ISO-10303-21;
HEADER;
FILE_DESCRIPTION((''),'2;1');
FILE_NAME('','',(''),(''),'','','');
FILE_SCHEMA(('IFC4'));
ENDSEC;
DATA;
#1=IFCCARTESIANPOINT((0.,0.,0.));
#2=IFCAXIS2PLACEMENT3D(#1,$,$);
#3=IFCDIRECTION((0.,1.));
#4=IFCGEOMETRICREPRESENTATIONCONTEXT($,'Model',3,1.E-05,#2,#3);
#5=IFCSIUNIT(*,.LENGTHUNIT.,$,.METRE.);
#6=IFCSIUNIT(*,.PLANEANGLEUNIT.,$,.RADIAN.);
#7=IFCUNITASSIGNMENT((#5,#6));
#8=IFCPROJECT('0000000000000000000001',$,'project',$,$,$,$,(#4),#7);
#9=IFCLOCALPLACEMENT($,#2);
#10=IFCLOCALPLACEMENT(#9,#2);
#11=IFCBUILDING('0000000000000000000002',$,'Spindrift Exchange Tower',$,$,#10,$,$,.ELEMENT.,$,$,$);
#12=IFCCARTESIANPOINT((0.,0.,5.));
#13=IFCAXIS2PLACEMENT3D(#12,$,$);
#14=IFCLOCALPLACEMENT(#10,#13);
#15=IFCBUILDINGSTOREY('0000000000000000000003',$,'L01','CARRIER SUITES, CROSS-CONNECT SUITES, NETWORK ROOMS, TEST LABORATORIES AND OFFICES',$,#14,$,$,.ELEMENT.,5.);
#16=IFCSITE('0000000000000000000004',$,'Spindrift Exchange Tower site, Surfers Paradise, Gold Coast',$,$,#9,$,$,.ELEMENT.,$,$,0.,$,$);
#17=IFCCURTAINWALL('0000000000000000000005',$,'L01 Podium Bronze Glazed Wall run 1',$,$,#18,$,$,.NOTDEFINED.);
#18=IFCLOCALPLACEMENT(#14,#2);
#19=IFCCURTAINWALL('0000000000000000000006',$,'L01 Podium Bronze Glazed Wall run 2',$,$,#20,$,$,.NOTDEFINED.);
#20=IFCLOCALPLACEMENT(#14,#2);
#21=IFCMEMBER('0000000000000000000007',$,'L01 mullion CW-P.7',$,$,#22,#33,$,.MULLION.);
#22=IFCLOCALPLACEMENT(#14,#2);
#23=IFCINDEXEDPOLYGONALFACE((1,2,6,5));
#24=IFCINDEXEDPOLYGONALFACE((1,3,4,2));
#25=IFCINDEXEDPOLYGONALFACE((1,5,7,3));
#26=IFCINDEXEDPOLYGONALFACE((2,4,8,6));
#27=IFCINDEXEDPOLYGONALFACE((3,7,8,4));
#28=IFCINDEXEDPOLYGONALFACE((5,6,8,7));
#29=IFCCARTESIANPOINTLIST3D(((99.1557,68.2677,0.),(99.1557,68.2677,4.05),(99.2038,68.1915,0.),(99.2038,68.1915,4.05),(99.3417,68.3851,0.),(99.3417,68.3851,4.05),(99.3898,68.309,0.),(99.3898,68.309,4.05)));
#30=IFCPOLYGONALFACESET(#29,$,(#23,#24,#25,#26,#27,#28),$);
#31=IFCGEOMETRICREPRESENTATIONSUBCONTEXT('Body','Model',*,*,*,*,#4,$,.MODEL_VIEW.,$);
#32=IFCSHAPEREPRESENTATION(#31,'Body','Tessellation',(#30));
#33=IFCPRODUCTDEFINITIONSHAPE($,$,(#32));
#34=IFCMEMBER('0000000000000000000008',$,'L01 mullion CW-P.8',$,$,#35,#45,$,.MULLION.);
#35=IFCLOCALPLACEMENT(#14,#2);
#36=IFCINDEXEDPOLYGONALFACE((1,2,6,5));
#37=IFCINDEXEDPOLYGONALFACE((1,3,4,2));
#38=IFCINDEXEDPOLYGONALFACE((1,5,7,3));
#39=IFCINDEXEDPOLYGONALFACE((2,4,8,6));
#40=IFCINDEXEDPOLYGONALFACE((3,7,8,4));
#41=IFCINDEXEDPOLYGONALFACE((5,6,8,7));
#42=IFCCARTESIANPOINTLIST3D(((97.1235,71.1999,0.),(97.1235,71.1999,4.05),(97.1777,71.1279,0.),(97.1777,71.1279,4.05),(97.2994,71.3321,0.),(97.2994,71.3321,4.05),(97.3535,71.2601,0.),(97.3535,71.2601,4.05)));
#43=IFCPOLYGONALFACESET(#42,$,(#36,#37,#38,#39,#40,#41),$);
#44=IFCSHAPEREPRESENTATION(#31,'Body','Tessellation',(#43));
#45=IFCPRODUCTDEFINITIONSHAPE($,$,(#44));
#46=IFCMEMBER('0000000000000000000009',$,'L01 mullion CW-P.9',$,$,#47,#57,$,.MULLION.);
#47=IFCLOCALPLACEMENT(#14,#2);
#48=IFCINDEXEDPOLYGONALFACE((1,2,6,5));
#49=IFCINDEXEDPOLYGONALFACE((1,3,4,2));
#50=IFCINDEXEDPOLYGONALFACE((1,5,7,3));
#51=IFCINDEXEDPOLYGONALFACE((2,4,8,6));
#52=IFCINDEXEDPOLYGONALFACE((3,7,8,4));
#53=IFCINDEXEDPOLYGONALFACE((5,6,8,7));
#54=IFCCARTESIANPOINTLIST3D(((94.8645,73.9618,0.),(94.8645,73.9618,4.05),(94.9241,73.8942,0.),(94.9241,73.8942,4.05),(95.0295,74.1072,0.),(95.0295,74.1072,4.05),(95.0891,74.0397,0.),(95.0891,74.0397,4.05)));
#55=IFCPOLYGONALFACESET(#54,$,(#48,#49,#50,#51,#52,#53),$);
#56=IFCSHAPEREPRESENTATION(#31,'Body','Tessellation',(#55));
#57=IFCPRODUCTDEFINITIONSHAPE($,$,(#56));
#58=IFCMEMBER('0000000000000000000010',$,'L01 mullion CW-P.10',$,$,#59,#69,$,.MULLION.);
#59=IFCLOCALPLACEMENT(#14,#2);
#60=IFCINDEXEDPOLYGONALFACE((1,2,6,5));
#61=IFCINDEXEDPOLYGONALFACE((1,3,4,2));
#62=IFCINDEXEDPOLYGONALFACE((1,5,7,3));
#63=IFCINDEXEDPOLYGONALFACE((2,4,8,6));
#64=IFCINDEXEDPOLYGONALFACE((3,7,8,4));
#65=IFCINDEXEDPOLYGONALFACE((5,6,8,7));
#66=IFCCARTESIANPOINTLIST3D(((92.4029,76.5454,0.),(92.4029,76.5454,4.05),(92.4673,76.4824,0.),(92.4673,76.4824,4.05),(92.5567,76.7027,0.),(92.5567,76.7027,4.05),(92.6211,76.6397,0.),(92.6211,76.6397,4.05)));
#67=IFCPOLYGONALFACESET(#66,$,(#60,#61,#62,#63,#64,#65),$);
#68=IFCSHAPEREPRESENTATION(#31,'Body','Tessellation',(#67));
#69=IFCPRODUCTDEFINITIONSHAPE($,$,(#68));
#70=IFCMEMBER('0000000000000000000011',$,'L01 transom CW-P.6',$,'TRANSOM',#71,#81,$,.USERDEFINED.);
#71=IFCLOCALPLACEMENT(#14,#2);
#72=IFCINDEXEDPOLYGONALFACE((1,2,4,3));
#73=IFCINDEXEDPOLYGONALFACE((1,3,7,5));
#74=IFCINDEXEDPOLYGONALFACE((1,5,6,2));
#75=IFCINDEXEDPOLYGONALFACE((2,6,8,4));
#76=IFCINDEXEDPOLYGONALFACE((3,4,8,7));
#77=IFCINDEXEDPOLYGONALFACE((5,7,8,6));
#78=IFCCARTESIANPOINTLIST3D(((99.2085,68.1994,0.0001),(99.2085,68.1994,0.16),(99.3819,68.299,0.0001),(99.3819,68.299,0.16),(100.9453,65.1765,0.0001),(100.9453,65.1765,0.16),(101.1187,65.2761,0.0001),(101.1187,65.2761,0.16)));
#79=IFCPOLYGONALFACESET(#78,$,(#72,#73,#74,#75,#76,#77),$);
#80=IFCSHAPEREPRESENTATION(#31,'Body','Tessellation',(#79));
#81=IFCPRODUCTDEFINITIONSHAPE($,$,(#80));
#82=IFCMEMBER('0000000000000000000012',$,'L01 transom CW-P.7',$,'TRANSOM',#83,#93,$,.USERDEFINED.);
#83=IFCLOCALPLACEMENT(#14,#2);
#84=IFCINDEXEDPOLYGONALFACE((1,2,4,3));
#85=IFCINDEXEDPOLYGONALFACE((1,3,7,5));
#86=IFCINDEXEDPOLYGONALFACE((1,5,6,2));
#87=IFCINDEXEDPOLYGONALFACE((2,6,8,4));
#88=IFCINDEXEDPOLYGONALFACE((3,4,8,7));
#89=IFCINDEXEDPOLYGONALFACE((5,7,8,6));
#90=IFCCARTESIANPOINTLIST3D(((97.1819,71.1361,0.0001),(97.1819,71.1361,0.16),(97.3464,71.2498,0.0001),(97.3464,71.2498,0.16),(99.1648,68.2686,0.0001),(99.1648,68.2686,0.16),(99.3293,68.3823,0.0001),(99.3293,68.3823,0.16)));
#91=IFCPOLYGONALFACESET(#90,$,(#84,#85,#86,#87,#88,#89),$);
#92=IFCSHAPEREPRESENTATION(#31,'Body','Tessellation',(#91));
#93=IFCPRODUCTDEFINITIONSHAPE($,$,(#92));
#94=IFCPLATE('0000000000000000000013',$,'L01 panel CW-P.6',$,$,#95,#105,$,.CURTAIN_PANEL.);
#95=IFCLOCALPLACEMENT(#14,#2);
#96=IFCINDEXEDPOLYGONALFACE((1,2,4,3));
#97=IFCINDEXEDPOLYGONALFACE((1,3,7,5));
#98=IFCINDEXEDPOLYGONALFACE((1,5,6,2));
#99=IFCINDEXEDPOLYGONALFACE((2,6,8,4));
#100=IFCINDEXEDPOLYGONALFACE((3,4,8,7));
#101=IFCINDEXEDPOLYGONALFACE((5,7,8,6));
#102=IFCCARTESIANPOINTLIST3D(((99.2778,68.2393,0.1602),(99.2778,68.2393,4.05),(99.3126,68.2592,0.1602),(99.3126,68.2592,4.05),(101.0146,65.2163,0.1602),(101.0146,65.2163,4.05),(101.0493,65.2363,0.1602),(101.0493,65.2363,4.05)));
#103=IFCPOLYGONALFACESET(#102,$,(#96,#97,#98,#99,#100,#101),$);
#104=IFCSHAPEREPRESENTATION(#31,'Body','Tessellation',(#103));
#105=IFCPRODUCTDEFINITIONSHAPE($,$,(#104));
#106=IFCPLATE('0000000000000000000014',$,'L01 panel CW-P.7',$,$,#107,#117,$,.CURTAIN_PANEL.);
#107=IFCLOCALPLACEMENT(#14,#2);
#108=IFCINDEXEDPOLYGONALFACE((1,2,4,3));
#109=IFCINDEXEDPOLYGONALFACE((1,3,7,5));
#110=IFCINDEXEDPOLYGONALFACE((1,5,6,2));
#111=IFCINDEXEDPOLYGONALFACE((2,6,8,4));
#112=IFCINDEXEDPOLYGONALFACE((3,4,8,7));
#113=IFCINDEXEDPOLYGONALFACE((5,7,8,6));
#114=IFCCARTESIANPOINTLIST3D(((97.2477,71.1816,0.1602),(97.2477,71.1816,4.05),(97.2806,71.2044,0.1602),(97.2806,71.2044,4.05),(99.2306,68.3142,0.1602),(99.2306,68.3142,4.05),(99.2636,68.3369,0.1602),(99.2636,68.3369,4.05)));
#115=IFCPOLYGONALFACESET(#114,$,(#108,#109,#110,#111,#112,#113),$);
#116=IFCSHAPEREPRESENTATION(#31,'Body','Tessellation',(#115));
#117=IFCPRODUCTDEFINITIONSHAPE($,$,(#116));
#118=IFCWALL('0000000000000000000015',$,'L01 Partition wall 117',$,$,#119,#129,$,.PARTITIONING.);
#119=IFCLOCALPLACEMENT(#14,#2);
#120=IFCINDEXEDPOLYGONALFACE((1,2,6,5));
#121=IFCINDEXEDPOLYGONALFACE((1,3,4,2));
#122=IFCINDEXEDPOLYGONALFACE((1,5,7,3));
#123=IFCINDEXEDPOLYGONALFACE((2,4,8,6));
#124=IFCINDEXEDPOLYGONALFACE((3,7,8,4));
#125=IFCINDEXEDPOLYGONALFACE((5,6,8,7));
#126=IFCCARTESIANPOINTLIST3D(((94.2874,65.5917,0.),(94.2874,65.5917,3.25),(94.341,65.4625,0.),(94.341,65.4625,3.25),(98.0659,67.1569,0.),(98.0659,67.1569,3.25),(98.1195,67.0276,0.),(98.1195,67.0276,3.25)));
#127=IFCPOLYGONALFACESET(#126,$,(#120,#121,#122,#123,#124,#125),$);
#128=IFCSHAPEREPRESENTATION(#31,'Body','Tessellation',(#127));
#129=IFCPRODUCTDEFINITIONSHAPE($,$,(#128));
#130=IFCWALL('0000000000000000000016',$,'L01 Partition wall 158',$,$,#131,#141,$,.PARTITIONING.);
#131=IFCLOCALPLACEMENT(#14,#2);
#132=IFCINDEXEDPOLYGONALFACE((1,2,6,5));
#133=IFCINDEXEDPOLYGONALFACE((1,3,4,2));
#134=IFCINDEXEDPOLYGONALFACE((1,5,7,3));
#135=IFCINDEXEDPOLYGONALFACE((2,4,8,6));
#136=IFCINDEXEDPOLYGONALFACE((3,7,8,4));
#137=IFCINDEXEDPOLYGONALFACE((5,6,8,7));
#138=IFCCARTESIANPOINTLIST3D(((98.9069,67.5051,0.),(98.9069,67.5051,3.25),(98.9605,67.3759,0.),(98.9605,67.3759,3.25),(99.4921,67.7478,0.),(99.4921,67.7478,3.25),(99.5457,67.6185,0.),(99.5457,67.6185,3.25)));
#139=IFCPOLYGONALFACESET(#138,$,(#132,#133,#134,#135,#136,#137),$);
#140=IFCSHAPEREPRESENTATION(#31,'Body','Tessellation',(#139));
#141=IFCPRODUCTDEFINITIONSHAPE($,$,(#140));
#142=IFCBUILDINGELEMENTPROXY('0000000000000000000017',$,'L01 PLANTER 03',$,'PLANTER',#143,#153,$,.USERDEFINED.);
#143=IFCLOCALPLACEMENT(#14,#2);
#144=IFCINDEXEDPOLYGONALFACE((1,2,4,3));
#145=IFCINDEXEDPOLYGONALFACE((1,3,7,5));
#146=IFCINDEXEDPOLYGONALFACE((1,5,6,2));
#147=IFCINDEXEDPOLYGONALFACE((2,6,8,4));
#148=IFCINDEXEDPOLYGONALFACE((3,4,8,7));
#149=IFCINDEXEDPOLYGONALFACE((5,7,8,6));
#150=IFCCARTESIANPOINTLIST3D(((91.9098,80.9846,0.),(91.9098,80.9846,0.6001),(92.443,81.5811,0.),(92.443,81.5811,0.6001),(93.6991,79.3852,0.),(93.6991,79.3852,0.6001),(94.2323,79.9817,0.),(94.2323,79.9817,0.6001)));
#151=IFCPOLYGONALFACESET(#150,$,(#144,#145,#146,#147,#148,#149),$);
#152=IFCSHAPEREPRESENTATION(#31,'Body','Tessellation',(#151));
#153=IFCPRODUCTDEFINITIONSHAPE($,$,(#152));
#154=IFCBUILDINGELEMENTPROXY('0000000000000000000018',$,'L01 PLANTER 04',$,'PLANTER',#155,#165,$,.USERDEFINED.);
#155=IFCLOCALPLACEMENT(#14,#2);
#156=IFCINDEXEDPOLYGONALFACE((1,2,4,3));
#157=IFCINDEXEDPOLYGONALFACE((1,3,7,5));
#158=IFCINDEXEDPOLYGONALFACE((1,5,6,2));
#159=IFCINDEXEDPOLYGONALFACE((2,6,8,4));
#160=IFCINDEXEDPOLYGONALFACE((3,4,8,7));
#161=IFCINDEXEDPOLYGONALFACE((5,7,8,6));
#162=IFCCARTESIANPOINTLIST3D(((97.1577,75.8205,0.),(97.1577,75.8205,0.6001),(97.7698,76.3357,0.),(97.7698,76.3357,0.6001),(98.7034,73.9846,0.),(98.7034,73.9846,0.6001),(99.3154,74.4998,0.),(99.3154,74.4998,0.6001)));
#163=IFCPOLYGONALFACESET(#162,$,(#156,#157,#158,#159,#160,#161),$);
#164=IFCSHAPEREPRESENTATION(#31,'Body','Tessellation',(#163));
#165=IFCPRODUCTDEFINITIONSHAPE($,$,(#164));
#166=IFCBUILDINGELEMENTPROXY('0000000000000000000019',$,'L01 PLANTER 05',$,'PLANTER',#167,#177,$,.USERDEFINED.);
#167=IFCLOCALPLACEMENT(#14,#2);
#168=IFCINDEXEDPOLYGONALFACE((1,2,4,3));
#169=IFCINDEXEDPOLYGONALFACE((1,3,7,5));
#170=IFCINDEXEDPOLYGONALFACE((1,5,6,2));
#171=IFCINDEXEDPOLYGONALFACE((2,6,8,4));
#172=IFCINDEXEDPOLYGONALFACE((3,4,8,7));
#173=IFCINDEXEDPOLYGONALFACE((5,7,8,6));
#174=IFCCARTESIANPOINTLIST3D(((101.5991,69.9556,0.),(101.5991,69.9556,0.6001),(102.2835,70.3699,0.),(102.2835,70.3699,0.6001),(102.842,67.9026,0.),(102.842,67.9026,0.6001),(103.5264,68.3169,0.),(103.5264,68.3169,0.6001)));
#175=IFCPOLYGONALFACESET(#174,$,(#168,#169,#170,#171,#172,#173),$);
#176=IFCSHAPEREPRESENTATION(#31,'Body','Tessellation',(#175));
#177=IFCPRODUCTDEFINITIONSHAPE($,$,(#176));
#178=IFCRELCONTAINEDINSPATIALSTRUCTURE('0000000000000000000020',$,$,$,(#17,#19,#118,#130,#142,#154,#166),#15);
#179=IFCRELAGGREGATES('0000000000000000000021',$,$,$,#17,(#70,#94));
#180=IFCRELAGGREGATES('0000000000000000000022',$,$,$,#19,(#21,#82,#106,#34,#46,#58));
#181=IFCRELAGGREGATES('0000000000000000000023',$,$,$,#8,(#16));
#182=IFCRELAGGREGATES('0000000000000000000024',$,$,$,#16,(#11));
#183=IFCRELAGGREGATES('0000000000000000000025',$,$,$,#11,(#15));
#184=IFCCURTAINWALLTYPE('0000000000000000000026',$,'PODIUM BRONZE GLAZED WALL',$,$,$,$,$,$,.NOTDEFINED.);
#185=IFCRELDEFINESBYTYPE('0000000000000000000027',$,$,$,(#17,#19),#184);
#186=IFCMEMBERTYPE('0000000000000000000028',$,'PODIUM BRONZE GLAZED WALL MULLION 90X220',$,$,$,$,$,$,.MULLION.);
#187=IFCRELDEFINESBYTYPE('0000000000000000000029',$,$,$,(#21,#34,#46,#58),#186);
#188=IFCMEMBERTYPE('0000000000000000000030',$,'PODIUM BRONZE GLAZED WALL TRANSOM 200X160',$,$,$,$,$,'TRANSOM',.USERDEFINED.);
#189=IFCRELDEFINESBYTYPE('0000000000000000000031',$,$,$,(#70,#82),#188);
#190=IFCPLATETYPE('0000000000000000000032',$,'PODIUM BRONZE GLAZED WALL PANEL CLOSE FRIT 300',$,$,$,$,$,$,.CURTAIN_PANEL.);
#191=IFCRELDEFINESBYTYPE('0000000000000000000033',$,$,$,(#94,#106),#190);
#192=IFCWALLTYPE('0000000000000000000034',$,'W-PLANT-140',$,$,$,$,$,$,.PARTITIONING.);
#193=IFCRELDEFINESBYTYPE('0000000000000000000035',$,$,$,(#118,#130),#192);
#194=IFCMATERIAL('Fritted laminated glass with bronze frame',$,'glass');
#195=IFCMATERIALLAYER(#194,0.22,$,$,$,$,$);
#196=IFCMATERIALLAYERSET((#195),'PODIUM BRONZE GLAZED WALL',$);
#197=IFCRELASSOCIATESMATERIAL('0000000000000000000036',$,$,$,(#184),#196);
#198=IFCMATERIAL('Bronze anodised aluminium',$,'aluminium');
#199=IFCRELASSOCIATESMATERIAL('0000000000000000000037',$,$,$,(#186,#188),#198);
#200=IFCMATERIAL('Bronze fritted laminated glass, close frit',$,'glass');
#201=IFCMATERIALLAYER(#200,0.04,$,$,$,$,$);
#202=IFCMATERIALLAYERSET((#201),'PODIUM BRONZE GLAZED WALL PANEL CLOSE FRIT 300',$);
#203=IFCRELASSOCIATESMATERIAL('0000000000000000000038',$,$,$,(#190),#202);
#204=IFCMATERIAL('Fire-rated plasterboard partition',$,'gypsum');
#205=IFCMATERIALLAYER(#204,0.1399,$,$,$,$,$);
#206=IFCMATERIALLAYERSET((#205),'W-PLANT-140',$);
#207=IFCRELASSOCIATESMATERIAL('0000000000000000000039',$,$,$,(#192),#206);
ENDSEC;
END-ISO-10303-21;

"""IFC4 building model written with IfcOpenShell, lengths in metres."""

from ifc_helpers import new_model, si_unit, direction, frame, frame_2d, origin, origin_2d, place, context, subcontext, project, spatial, rectangle, extrude, source, transform, mapped, material, layer, layer_set, material_profile, profile_set, type_object, element, aggregate, save


model = new_model("IFC4")

# Units and contexts
model_context = context("Model", 3, precision=1e-05, world=origin(), true_north=direction((0.0, 1.0)))
body_context = subcontext(model_context, "Body", "Model", "MODEL_VIEW")
ifc_project = project(units=[si_unit("LENGTHUNIT", "METRE"), si_unit("PLANEANGLEUNIT", "RADIAN")], contexts=[model_context])

# Site, building, storey
site_placement = place(None, origin())
site = spatial("IfcSite", under=ifc_project, at=site_placement, Name="Spindrift Exchange Tower site, Surfers Paradise, Gold Coast", CompositionType="ELEMENT", RefElevation=0.0)
building_placement = place(site_placement, origin())
building = spatial("IfcBuilding", under=site, at=building_placement, Name="Spindrift Exchange Tower", CompositionType="ELEMENT")
storey_placement = place(building_placement, frame((0.0, 0.0, 5.0)))
storey = spatial("IfcBuildingStorey", under=building, at=storey_placement, Name="L01", Description="CARRIER SUITES, CROSS-CONNECT SUITES, NETWORK ROOMS, TEST LABORATORIES AND OFFICES", CompositionType="ELEMENT", Elevation=5.0)

# Curtain wall
ifc_material_1 = material(Name="Fritted laminated glass with bronze frame", Category="glass")
ifc_layer_1 = layer(ifc_material_1, 0.22)
ifc_layer_set_1 = layer_set([ifc_layer_1], Name="PODIUM BRONZE GLAZED WALL")
curtain_wall_type = type_object("IfcCurtainWallType", Name="PODIUM BRONZE GLAZED WALL", PredefinedType="NOTDEFINED", material=ifc_layer_set_1)
curtain_wall_1_placement = place(storey_placement, origin())
curtain_wall_1 = element("IfcCurtainWall", 1, at=curtain_wall_1_placement, inside=storey, type_object=curtain_wall_type, Name="L01 Podium Bronze Glazed Wall run 1", PredefinedType="NOTDEFINED")
ifc_material_2 = material(Name="Bronze anodised aluminium", Category="aluminium")
ifc_material_profile_1 = material_profile(ifc_material_2, rectangle(XDim=0.0901, YDim=0.22, at=origin_2d()), Name="PODIUM BRONZE GLAZED WALL MULLION 90X220")
ifc_profile_set_1 = profile_set([ifc_material_profile_1], Name="Bronze anodised aluminium")
member_type_1 = type_object("IfcMemberType", Name="PODIUM BRONZE GLAZED WALL MULLION 90X220", PredefinedType="MULLION", material=ifc_profile_set_1)
shared_shape_1 = source(origin(), body_context, "Body", "SweptSolid", [
    extrude(rectangle(XDim=0.0901, YDim=0.22, at=origin_2d()), origin(), (0.0, 0.0, 1.0), 4.05),
])

# Curtain wall, members
curtain_wall_2_placement = place(storey_placement, origin())
curtain_wall_2 = element("IfcCurtainWall", 2, at=curtain_wall_2_placement, inside=storey, type_object=curtain_wall_type, Name="L01 Podium Bronze Glazed Wall run 2", PredefinedType="NOTDEFINED")
member_1_placement = place(storey_placement, frame((99.2727, 68.2883, 0.0), z_axis=(0.0, 0.0, 1.0), x_axis=(-0.533935, 0.845526, 0.0)))
member_1 = element("IfcMember", 3, at=member_1_placement, type_object=member_type_1, Name="L01 mullion CW-P.7", PredefinedType="MULLION", context=body_context, shape_type="MappedRepresentation", body=[
    mapped(shared_shape_1, transform((0.0, 0.0, 0.0), scale=1.0)),
])
member_2_placement = place(storey_placement, frame((97.2385, 71.23, 0.0), z_axis=(0.0, 0.0, 1.0), x_axis=(-0.601029, 0.799228, 0.0)))
member_2 = element("IfcMember", 4, at=member_2_placement, type_object=member_type_1, Name="L01 mullion CW-P.8", PredefinedType="MULLION", context=body_context, shape_type="MappedRepresentation", body=[
    mapped(shared_shape_1, transform((0.0, 0.0, 0.0), scale=1.0)),
])
member_3_placement = place(storey_placement, frame((94.9768, 74.0007, 0.0), z_axis=(0.0, 0.0, 1.0), x_axis=(-0.661219, 0.750193, 0.0)))
member_3 = element("IfcMember", 5, at=member_3_placement, type_object=member_type_1, Name="L01 mullion CW-P.9", PredefinedType="MULLION", context=body_context, shape_type="MappedRepresentation", body=[
    mapped(shared_shape_1, transform((0.0, 0.0, 0.0), scale=1.0)),
])
member_4_placement = place(storey_placement, frame((92.512, 76.5925, 0.0), z_axis=(0.0, 0.0, 1.0), x_axis=(-0.714911, 0.699216, 0.0)))
member_4 = element("IfcMember", 6, at=member_4_placement, type_object=member_type_1, Name="L01 mullion CW-P.10", PredefinedType="MULLION", context=body_context, shape_type="MappedRepresentation", body=[
    mapped(shared_shape_1, transform((0.0, 0.0, 0.0), scale=1.0)),
])

# Members
ifc_material_profile_2 = material_profile(ifc_material_2, rectangle(XDim=0.2, YDim=0.1599, at=origin_2d()), Name="PODIUM BRONZE GLAZED WALL TRANSOM 200X160")
ifc_profile_set_2 = profile_set([ifc_material_profile_2], Name="Bronze anodised aluminium")
member_type_2 = type_object("IfcMemberType", Name="PODIUM BRONZE GLAZED WALL TRANSOM 200X160", ElementType="TRANSOM", PredefinedType="USERDEFINED", material=ifc_profile_set_2)
shared_shape_2 = source(origin(), body_context, "Body", "SweptSolid", [
    extrude(rectangle(XDim=0.2, YDim=0.1599, at=origin_2d()), origin(), (0.0, 0.0, 1.0), 3.4863),
])
member_5_placement = place(storey_placement, frame((101.032, 65.2263, 0.0801), z_axis=(-0.498174, 0.867077, 0.0), x_axis=(-0.867077, -0.498174, 0.0)))
member_5 = element("IfcMember", 7, at=member_5_placement, type_object=member_type_2, Name="L01 transom CW-P.6", ObjectType="TRANSOM", PredefinedType="USERDEFINED", context=body_context, shape_type="MappedRepresentation", body=[
    mapped(shared_shape_2, transform((0.0, 0.0, 0.0), scale=1.0)),
])
member_6_placement = place(storey_placement, frame((99.2471, 68.3254, 0.0801), z_axis=(-0.568777, 0.822492, 0.0), x_axis=(-0.822492, -0.568777, 0.0)))
member_6 = element("IfcMember", 8, at=member_6_placement, type_object=member_type_2, Name="L01 transom CW-P.7", ObjectType="TRANSOM", PredefinedType="USERDEFINED", context=body_context, shape_type="MappedRepresentation", body=[
    mapped(shared_shape_2, transform((0.0, 0.0, 0.0), scale=1.0)),
])

# Plates
ifc_material_3 = material(Name="Bronze fritted laminated glass, close frit", Category="glass")
ifc_layer_2 = layer(ifc_material_3, 0.04)
ifc_layer_set_2 = layer_set([ifc_layer_2], Name="PODIUM BRONZE GLAZED WALL PANEL CLOSE FRIT 300")
plate_type = type_object("IfcPlateType", Name="PODIUM BRONZE GLAZED WALL PANEL CLOSE FRIT 300", PredefinedType="CURTAIN_PANEL", material=ifc_layer_set_2)
shared_shape_3 = source(origin(), body_context, "Body", "SweptSolid", [
    extrude(rectangle(XDim=3.4863, YDim=0.04, at=origin_2d()), origin(), (0.0, 0.0, 1.0), 3.8899),
])
plate_1_placement = place(storey_placement, frame((100.1636, 66.7378, 0.1602), z_axis=(0.0, 0.0, 1.0), x_axis=(-0.498161, 0.867085, 0.0)))
plate_1 = element("IfcPlate", 9, at=plate_1_placement, type_object=plate_type, Name="L01 panel CW-P.6", PredefinedType="CURTAIN_PANEL", context=body_context, shape_type="MappedRepresentation", body=[
    mapped(shared_shape_3, transform((0.0, 0.0, 0.0), scale=1.0)),
])
aggregate(curtain_wall_1, [member_5, plate_1])
plate_2_placement = place(storey_placement, frame((98.2556, 69.7593, 0.1602), z_axis=(0.0, 0.0, 1.0), x_axis=(-0.568777, 0.822492, 0.0)))
plate_2 = element("IfcPlate", 10, at=plate_2_placement, type_object=plate_type, Name="L01 panel CW-P.7", PredefinedType="CURTAIN_PANEL", context=body_context, shape_type="MappedRepresentation", body=[
    mapped(shared_shape_3, transform((0.0, 0.0, 0.0), scale=1.0)),
])
aggregate(curtain_wall_2, [member_1, member_6, plate_2, member_2, member_3, member_4])

# Walls
ifc_material_4 = material(Name="Fire-rated plasterboard partition", Category="gypsum")
ifc_layer_3 = layer(ifc_material_4, 0.1399)
ifc_layer_set_3 = layer_set([ifc_layer_3], Name="W-PLANT-140")
wall_type_1 = type_object("IfcWallType", Name="W-PLANT-140", PredefinedType="PARTITIONING", material=ifc_layer_set_3)
wall_1_placement = place(storey_placement, frame((94.3142, 65.5271, 0.0), z_axis=(0.0, 0.0, 1.0), x_axis=(0.923875, 0.382694, 0.0)))
element("IfcWall", 11, at=wall_1_placement, inside=storey, type_object=wall_type_1, Name="L01 Partition wall 117", PredefinedType="PARTITIONING", context=body_context, shape_type="SweptSolid", body=[
    extrude(rectangle(XDim=4.0898, YDim=0.1399, at=frame_2d((2.0449, 0.0))), origin(), (0.0, 0.0, 1.0), 3.25),
])
wall_2_placement = place(storey_placement, frame((98.9336, 67.4404, 0.0), z_axis=(0.0, 0.0, 1.0), x_axis=(0.923725, 0.383055, 0.0)))
element("IfcWall", 12, at=wall_2_placement, inside=storey, type_object=wall_type_1, Name="L01 Partition wall 158", PredefinedType="PARTITIONING", context=body_context, shape_type="SweptSolid", body=[
    extrude(rectangle(XDim=0.6335, YDim=0.1399, at=frame_2d((0.3169, 0.0))), origin(), (0.0, 0.0, 1.0), 3.25),
])

# Building element proxies
shared_shape_4 = source(origin(), body_context, "Body", "SweptSolid", [
    extrude(rectangle(XDim=2.3999, YDim=0.8, at=origin_2d()), origin(), (0.0, 0.0, 1.0), 0.6001),
])
for number, where, z_axis, x_axis, name in (
    (13, (93.071, 80.4832, 0.0), (0.0, 0.0, 1.0), (0.745545, -0.666456, 0.0), "L01 PLANTER 03"),
    (14, (98.2366, 75.1602, 0.0), (0.0, 0.0, 1.0), (0.644042, -0.76499, 0.0), "L01 PLANTER 04"),
    (15, (102.5627, 69.1362, 0.0), (0.0, 0.0, 1.0), (0.517879, -0.855454, 0.0), "L01 PLANTER 05"),
):
    element("IfcBuildingElementProxy", number, at=place(storey_placement, frame(where, z_axis=z_axis, x_axis=x_axis)), inside=storey, Name=name, ObjectType="PLANTER", PredefinedType="USERDEFINED", context=body_context, shape_type="MappedRepresentation", body=[
        mapped(shared_shape_4, transform((0.0, 0.0, 0.0), scale=1.0)),
    ])

save(model, "model.ifc")
